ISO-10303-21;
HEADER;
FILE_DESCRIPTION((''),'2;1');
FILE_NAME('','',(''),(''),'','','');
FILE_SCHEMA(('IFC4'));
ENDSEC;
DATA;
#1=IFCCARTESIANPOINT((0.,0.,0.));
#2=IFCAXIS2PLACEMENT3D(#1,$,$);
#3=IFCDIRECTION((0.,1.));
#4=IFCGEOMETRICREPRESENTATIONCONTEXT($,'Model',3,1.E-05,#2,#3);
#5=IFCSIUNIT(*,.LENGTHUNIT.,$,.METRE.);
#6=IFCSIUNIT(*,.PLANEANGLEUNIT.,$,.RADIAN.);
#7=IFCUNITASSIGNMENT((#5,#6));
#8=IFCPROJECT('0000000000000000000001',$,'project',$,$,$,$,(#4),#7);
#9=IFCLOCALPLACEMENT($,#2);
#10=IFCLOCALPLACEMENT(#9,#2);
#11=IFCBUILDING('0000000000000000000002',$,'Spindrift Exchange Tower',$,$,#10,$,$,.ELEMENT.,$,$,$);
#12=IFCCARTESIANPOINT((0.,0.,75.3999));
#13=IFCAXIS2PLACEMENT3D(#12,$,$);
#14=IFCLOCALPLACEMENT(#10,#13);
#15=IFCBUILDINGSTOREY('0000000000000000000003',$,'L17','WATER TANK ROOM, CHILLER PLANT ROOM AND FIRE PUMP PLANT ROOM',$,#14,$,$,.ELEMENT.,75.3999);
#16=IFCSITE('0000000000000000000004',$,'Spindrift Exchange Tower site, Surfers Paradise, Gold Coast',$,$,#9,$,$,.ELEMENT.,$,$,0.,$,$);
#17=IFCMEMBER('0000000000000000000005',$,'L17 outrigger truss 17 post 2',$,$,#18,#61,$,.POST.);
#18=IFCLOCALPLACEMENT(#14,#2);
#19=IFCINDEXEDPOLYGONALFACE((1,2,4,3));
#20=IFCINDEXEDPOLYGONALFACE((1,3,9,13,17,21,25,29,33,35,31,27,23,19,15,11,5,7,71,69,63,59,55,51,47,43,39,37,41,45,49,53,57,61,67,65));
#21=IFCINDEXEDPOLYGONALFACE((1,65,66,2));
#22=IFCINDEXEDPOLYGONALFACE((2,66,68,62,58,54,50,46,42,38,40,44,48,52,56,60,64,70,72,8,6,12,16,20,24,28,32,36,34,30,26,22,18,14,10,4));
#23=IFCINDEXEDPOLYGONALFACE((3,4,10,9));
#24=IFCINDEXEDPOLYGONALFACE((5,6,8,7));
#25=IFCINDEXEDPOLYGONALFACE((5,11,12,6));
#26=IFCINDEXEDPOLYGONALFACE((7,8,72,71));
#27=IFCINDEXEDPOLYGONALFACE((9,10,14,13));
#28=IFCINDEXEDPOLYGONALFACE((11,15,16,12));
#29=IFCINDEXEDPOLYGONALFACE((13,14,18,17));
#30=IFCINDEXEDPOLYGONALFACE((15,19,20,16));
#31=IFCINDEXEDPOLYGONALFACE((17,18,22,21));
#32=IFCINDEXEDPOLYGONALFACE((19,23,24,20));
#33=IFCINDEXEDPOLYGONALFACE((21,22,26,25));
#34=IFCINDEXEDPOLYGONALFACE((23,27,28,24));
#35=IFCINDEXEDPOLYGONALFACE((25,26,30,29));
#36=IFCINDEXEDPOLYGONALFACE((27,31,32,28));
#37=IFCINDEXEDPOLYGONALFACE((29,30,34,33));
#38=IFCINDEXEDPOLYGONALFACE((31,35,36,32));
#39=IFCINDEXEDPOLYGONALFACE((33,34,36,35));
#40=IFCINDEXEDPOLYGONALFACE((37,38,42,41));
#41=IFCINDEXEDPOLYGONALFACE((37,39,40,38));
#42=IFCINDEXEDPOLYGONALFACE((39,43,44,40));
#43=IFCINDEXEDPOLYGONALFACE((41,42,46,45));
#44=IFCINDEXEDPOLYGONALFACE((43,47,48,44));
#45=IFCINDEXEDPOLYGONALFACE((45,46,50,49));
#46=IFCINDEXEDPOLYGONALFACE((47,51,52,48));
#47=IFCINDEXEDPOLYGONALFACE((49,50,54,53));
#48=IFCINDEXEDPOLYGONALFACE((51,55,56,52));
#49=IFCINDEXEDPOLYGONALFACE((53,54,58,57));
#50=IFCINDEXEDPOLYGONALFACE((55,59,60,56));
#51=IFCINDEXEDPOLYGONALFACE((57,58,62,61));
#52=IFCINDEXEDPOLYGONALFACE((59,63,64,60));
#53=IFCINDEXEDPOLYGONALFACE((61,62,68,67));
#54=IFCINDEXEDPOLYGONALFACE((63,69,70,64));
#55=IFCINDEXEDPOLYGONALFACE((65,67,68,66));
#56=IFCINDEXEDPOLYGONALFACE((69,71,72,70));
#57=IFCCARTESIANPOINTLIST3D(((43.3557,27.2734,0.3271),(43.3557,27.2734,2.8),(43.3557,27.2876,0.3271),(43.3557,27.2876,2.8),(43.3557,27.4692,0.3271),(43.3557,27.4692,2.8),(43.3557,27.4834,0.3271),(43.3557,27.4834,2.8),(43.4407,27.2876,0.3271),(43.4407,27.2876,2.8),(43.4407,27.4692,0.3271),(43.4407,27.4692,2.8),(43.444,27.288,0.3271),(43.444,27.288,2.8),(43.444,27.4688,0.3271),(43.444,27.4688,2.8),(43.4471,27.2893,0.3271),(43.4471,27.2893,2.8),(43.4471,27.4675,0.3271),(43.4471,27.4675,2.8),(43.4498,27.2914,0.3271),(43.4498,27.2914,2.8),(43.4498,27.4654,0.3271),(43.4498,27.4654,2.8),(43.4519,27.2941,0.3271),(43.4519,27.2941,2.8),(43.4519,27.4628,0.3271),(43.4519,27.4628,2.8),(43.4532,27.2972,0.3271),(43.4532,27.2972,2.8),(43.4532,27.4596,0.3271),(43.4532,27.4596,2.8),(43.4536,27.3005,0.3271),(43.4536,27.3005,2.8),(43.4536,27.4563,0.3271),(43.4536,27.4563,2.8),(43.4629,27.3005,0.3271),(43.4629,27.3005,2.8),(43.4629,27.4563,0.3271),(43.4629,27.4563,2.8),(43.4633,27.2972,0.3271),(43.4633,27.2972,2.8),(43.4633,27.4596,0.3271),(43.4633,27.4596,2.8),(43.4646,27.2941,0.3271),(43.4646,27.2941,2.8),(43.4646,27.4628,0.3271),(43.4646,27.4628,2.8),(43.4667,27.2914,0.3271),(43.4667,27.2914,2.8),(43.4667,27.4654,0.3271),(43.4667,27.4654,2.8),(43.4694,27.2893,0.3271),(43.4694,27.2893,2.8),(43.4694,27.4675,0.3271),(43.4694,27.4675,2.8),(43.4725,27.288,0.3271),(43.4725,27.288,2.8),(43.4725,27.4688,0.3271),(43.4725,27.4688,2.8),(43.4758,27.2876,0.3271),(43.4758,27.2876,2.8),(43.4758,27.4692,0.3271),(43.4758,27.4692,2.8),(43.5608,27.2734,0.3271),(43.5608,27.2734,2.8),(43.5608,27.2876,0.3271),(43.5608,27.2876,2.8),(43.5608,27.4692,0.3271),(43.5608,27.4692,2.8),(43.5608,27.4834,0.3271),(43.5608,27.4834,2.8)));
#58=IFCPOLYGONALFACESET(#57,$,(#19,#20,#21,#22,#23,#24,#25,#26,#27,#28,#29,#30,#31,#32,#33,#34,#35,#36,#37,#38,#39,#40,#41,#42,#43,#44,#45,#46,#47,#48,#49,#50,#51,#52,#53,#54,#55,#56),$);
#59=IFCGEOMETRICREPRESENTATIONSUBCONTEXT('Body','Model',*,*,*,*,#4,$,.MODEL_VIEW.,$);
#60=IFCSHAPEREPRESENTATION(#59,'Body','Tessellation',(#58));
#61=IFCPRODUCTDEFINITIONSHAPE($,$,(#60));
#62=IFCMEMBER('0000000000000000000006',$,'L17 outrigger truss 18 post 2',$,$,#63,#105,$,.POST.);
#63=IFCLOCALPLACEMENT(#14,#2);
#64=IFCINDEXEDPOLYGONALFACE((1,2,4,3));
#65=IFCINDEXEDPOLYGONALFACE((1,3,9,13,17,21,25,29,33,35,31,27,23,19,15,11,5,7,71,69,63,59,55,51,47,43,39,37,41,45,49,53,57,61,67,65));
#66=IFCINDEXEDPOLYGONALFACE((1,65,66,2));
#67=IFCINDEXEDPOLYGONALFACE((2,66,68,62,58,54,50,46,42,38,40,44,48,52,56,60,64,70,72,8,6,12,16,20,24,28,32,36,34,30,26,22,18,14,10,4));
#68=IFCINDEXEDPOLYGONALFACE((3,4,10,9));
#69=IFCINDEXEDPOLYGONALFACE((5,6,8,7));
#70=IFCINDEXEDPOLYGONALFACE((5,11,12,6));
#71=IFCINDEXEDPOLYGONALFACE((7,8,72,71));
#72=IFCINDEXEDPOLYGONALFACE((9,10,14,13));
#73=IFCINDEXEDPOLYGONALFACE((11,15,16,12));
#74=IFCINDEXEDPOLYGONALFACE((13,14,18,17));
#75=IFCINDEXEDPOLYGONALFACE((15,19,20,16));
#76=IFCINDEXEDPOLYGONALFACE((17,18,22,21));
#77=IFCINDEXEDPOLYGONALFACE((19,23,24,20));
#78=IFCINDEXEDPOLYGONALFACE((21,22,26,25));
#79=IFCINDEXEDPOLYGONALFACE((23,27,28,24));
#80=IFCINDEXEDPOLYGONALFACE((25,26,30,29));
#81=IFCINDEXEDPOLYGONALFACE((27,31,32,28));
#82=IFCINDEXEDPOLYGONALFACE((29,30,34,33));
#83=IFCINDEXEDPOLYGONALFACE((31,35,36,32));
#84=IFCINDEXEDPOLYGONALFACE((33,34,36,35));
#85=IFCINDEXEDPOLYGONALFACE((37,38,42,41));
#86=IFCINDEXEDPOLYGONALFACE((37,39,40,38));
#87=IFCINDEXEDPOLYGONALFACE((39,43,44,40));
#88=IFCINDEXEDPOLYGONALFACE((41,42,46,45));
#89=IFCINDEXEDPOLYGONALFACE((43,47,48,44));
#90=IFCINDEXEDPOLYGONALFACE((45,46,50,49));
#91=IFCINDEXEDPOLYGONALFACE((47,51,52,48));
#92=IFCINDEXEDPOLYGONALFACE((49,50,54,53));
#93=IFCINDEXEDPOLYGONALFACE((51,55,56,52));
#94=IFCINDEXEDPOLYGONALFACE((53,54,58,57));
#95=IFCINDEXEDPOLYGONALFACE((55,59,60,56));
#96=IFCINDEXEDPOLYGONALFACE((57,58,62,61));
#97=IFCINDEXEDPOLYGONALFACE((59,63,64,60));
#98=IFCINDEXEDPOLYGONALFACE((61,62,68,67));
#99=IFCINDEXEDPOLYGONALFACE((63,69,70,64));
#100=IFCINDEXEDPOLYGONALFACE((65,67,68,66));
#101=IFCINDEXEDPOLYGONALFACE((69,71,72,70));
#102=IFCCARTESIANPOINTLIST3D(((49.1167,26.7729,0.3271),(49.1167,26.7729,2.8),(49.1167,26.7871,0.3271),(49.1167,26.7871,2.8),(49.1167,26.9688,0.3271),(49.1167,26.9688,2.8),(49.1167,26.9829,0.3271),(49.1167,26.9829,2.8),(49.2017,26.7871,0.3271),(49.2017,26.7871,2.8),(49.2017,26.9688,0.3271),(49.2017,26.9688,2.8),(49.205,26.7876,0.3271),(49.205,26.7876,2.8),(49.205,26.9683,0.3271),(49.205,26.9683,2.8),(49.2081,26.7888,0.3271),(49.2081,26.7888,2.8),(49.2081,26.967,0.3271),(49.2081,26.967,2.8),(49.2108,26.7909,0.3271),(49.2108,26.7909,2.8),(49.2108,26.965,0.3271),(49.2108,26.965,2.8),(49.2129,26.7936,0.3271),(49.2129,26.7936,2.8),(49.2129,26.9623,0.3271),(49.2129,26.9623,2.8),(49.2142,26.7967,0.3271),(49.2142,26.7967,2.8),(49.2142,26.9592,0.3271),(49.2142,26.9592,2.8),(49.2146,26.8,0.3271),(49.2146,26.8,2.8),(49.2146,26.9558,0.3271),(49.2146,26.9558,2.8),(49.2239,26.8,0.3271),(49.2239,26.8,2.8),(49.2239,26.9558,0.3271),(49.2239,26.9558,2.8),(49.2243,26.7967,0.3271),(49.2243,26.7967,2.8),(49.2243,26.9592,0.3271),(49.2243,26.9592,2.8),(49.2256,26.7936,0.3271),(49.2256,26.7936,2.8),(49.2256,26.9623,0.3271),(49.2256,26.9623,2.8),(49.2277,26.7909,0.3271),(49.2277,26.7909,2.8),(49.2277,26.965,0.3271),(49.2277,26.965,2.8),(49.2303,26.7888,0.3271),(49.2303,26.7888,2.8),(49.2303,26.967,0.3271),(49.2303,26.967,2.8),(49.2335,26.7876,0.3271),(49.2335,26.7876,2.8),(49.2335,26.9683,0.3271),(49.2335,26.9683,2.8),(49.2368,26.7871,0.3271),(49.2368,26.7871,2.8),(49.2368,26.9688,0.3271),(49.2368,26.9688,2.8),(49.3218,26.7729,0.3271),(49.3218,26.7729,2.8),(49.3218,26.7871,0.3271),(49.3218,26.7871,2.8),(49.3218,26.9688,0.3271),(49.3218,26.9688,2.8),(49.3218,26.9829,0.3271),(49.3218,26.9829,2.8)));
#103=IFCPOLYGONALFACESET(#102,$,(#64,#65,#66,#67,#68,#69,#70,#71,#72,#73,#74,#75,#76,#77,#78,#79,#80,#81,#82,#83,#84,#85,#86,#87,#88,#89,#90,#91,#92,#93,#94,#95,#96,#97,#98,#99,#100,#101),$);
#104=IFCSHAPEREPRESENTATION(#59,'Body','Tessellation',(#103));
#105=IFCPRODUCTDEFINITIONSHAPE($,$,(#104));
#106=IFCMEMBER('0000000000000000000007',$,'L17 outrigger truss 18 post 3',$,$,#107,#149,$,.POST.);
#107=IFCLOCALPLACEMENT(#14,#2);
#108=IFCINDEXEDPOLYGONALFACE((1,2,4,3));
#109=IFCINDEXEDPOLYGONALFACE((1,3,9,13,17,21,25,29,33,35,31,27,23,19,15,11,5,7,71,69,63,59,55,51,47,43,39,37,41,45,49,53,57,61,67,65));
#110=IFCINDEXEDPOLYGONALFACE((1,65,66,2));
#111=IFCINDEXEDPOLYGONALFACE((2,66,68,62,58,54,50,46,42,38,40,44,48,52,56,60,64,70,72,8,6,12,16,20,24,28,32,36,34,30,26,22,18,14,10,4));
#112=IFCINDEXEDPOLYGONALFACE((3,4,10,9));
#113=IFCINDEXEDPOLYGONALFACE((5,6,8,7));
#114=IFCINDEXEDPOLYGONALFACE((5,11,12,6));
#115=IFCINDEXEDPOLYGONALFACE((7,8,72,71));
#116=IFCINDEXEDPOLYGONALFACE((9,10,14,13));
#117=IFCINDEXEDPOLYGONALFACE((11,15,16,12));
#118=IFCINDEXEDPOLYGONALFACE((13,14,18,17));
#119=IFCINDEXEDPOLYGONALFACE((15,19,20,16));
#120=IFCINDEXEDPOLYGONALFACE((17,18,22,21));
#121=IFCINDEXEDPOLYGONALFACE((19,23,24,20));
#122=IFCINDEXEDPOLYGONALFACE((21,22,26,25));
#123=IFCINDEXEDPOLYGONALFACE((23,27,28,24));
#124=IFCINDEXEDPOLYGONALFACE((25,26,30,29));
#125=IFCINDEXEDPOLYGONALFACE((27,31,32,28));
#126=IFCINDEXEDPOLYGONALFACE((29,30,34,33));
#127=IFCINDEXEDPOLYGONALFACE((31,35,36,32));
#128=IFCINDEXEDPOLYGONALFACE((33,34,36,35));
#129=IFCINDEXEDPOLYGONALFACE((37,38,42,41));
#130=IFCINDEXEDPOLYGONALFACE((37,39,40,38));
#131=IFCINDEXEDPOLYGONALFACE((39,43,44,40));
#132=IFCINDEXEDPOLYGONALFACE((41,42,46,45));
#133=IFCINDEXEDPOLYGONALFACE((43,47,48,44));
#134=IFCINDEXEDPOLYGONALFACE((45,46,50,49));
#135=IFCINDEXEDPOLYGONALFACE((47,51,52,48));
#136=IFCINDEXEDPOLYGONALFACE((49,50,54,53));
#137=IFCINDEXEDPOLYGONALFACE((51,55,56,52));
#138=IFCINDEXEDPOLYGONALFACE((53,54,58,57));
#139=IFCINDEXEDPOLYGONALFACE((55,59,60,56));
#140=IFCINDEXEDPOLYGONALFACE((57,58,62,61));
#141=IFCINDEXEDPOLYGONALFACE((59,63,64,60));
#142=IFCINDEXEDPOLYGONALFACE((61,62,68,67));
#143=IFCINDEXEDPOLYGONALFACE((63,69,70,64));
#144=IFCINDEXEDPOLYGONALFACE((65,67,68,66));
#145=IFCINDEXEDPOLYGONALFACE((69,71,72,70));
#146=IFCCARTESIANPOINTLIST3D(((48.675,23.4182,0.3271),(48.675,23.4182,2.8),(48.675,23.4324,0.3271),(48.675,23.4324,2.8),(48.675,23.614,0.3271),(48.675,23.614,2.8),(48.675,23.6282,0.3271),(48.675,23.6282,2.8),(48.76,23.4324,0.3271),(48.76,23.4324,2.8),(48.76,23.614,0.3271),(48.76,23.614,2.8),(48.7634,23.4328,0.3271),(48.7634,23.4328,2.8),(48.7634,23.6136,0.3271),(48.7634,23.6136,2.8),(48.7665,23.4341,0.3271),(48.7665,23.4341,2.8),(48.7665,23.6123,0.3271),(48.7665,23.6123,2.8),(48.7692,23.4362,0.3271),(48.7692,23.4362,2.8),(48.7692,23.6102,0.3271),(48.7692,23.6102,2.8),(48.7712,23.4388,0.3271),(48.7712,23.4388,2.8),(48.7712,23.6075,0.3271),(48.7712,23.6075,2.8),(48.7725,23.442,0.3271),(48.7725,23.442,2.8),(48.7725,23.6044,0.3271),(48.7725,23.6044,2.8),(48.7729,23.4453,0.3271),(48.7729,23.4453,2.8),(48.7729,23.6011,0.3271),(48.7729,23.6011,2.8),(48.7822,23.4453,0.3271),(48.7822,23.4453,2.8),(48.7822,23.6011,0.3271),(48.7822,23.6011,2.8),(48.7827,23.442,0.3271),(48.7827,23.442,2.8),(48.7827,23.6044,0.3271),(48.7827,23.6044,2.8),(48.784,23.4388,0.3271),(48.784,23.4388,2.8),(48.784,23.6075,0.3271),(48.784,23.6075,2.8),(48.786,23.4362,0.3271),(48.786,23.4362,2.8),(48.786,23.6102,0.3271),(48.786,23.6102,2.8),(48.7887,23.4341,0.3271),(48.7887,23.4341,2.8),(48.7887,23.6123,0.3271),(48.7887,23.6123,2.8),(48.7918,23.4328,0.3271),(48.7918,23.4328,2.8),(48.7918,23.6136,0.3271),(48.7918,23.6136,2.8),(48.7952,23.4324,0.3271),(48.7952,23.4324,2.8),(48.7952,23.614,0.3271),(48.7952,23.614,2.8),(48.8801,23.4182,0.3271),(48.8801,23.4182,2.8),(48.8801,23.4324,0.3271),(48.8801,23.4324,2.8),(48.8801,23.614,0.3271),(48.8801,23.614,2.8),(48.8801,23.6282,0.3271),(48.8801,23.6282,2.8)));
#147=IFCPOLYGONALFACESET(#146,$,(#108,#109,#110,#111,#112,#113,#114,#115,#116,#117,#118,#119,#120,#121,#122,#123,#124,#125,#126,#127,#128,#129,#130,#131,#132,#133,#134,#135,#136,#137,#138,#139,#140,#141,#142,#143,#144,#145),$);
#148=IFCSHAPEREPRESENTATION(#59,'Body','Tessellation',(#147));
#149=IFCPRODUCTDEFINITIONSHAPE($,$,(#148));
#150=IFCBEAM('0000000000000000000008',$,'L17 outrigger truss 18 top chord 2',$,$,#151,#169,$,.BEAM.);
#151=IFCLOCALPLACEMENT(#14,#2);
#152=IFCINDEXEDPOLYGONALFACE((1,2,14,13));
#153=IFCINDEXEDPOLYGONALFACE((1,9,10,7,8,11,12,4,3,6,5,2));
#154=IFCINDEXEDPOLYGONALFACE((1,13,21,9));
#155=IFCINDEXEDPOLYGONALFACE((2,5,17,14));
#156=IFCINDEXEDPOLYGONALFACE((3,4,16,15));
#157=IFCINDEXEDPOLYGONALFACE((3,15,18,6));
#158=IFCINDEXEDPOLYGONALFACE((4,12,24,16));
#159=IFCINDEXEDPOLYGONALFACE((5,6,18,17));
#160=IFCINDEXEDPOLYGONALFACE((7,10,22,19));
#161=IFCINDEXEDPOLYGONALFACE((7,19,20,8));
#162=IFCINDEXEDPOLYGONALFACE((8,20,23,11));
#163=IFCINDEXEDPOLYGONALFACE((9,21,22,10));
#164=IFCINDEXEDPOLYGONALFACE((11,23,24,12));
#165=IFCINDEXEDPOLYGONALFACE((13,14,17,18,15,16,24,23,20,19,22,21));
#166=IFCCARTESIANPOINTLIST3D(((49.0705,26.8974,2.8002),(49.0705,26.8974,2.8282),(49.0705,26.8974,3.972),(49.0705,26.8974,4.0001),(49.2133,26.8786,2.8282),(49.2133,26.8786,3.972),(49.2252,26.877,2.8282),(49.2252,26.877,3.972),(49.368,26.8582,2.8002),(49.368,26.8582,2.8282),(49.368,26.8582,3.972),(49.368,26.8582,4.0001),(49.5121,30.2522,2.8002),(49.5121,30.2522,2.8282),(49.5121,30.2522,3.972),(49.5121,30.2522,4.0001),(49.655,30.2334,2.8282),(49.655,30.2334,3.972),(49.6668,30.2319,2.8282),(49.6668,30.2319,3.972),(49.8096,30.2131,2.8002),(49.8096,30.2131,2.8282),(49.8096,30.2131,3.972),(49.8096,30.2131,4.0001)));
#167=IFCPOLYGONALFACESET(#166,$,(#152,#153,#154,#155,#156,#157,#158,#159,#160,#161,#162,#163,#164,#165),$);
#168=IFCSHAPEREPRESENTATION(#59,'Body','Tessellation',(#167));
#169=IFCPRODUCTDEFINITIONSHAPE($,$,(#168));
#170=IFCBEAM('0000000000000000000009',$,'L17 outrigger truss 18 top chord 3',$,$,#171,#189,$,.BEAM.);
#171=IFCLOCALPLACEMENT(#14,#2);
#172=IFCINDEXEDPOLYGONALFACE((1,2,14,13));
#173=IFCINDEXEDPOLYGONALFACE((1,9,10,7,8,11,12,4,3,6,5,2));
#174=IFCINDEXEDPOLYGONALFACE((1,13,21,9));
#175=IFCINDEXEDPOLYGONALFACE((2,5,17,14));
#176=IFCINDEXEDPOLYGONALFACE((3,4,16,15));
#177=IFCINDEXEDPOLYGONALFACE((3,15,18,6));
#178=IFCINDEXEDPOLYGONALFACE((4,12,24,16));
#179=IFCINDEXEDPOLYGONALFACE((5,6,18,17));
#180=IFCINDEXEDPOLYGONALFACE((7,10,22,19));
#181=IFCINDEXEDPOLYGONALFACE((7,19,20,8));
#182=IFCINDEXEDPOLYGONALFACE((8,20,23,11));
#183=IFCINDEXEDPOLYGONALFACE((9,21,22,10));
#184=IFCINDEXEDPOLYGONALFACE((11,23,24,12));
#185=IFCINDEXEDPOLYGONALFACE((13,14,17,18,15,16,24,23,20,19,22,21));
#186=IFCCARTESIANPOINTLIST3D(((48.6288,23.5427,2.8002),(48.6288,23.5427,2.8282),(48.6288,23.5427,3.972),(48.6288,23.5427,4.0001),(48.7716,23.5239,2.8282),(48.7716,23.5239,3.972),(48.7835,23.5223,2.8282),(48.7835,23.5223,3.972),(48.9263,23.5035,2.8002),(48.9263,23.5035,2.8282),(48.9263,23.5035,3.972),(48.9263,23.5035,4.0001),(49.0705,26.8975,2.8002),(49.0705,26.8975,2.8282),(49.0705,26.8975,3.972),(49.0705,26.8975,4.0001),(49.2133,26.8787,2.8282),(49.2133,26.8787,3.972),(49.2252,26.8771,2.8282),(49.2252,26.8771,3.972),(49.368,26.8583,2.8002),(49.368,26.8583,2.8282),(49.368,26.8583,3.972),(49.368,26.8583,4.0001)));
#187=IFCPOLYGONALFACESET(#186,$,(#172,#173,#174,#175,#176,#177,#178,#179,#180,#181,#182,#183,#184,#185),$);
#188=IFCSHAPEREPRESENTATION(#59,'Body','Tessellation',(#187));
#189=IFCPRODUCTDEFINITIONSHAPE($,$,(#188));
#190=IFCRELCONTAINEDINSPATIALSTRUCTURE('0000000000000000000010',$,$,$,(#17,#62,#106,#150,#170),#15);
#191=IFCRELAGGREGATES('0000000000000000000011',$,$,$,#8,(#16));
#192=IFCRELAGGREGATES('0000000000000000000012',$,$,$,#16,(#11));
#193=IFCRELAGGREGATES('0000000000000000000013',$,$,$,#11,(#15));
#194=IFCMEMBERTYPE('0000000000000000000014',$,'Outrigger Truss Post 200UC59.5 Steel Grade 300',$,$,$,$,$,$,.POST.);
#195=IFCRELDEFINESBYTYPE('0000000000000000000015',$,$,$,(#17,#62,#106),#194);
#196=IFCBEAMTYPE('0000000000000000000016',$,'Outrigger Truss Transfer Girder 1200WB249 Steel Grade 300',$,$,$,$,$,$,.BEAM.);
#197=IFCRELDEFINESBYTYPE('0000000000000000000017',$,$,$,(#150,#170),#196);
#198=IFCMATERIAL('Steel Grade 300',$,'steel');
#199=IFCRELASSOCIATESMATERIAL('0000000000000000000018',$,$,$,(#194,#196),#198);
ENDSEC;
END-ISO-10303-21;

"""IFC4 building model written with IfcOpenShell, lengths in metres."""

from ifc_helpers import new_model, si_unit, direction, frame, origin, origin_2d, place, context, subcontext, project, spatial, i_section, extrude, source, transform, mapped, material, material_profile, profile_set, type_object, element, save


model = new_model("IFC4")

# Units and contexts
model_context = context("Model", 3, precision=1e-05, world=origin(), true_north=direction((0.0, 1.0)))
body_context = subcontext(model_context, "Body", "Model", "MODEL_VIEW")
ifc_project = project(units=[si_unit("LENGTHUNIT", "METRE"), si_unit("PLANEANGLEUNIT", "RADIAN")], contexts=[model_context])

# Site, building, storey
site_placement = place(None, origin())
site = spatial("IfcSite", under=ifc_project, at=site_placement, Name="Spindrift Exchange Tower site, Surfers Paradise, Gold Coast", CompositionType="ELEMENT", RefElevation=0.0)
building_placement = place(site_placement, origin())
building = spatial("IfcBuilding", under=site, at=building_placement, Name="Spindrift Exchange Tower", CompositionType="ELEMENT")
storey_placement = place(building_placement, frame((0.0, 0.0, 75.3999)))
storey = spatial("IfcBuildingStorey", under=building, at=storey_placement, Name="L17", Description="WATER TANK ROOM, CHILLER PLANT ROOM AND FIRE PUMP PLANT ROOM", CompositionType="ELEMENT", Elevation=75.3999)

# Shared definitions
ifc_material_1 = material(Name="Steel Grade 300", Category="steel")

# Members
ifc_material_profile_1 = material_profile(ifc_material_1, i_section(OverallWidth=0.2051, OverallDepth=0.21, WebThickness=0.0093, FlangeThickness=0.0142, FilletRadius=0.0129, at=origin_2d()), Name="200UC59.5")
ifc_profile_set_1 = profile_set([ifc_material_profile_1], Name="Steel Grade 300")
member_type_1 = type_object("IfcMemberType", Name="Outrigger Truss Post 200UC59.5 Steel Grade 300", PredefinedType="POST", material=ifc_profile_set_1)
shared_shape_1 = source(origin(), body_context, "Body", "SweptSolid", [
    extrude(i_section(OverallWidth=0.2051, OverallDepth=0.21, WebThickness=0.0093, FlangeThickness=0.0142, FilletRadius=0.0129, at=origin_2d()), origin(), (0.0, 0.0, 1.0), 2.4729),
])
for number, where, z_axis, x_axis, name in (
    (1, (43.4583, 27.3784, 0.3271), (0.0, 0.0, 1.0), (1.0, 0.0, 0.0), "L17 outrigger truss 17 post 2"),
    (2, (49.2192, 26.8779, 0.3271), (0.0, 0.0, 1.0), (1.0, 0.0, 0.0), "L17 outrigger truss 18 post 2"),
    (3, (48.7776, 23.5232, 0.3271), (0.0, 0.0, 1.0), (1.0, 0.0, 0.0), "L17 outrigger truss 18 post 3"),
):
    element("IfcMember", number, at=place(storey_placement, frame(where, z_axis=z_axis, x_axis=x_axis)), inside=storey, type_object=member_type_1, Name=name, PredefinedType="POST", context=body_context, shape_type="MappedRepresentation", body=[
        mapped(shared_shape_1, transform((0.0, 0.0, 0.0), scale=1.0)),
    ])

# Beams
ifc_material_profile_2 = material_profile(ifc_material_1, i_section(OverallWidth=0.3, OverallDepth=1.2, WebThickness=0.012, FlangeThickness=0.0281, at=origin_2d()), Name="1200WB249")
ifc_profile_set_2 = profile_set([ifc_material_profile_2], Name="Steel Grade 300")
beam_type_1 = type_object("IfcBeamType", Name="Outrigger Truss Transfer Girder 1200WB249 Steel Grade 300", PredefinedType="BEAM", material=ifc_profile_set_2)
shared_shape_2 = source(origin(), body_context, "Body", "SweptSolid", [
    extrude(i_section(OverallWidth=0.3, OverallDepth=1.2, WebThickness=0.012, FlangeThickness=0.0281, at=origin_2d()), origin(), (0.0, 0.0, 1.0), 3.3838),
])
for number, where, z_axis, x_axis, name in (
    (4, (49.6609, 30.2327, 3.4001), (-0.130524, -0.991445, 0.0), (0.991445, -0.130524, 0.0), "L17 outrigger truss 18 top chord 2"),
    (5, (49.2192, 26.8779, 3.4001), (-0.130524, -0.991445, 0.0), (0.991445, -0.130524, 0.0), "L17 outrigger truss 18 top chord 3"),
):
    element("IfcBeam", number, at=place(storey_placement, frame(where, z_axis=z_axis, x_axis=x_axis)), inside=storey, type_object=beam_type_1, Name=name, PredefinedType="BEAM", context=body_context, shape_type="MappedRepresentation", body=[
        mapped(shared_shape_2, transform((0.0, 0.0, 0.0), scale=1.0)),
    ])

save(model, "model.ifc")
